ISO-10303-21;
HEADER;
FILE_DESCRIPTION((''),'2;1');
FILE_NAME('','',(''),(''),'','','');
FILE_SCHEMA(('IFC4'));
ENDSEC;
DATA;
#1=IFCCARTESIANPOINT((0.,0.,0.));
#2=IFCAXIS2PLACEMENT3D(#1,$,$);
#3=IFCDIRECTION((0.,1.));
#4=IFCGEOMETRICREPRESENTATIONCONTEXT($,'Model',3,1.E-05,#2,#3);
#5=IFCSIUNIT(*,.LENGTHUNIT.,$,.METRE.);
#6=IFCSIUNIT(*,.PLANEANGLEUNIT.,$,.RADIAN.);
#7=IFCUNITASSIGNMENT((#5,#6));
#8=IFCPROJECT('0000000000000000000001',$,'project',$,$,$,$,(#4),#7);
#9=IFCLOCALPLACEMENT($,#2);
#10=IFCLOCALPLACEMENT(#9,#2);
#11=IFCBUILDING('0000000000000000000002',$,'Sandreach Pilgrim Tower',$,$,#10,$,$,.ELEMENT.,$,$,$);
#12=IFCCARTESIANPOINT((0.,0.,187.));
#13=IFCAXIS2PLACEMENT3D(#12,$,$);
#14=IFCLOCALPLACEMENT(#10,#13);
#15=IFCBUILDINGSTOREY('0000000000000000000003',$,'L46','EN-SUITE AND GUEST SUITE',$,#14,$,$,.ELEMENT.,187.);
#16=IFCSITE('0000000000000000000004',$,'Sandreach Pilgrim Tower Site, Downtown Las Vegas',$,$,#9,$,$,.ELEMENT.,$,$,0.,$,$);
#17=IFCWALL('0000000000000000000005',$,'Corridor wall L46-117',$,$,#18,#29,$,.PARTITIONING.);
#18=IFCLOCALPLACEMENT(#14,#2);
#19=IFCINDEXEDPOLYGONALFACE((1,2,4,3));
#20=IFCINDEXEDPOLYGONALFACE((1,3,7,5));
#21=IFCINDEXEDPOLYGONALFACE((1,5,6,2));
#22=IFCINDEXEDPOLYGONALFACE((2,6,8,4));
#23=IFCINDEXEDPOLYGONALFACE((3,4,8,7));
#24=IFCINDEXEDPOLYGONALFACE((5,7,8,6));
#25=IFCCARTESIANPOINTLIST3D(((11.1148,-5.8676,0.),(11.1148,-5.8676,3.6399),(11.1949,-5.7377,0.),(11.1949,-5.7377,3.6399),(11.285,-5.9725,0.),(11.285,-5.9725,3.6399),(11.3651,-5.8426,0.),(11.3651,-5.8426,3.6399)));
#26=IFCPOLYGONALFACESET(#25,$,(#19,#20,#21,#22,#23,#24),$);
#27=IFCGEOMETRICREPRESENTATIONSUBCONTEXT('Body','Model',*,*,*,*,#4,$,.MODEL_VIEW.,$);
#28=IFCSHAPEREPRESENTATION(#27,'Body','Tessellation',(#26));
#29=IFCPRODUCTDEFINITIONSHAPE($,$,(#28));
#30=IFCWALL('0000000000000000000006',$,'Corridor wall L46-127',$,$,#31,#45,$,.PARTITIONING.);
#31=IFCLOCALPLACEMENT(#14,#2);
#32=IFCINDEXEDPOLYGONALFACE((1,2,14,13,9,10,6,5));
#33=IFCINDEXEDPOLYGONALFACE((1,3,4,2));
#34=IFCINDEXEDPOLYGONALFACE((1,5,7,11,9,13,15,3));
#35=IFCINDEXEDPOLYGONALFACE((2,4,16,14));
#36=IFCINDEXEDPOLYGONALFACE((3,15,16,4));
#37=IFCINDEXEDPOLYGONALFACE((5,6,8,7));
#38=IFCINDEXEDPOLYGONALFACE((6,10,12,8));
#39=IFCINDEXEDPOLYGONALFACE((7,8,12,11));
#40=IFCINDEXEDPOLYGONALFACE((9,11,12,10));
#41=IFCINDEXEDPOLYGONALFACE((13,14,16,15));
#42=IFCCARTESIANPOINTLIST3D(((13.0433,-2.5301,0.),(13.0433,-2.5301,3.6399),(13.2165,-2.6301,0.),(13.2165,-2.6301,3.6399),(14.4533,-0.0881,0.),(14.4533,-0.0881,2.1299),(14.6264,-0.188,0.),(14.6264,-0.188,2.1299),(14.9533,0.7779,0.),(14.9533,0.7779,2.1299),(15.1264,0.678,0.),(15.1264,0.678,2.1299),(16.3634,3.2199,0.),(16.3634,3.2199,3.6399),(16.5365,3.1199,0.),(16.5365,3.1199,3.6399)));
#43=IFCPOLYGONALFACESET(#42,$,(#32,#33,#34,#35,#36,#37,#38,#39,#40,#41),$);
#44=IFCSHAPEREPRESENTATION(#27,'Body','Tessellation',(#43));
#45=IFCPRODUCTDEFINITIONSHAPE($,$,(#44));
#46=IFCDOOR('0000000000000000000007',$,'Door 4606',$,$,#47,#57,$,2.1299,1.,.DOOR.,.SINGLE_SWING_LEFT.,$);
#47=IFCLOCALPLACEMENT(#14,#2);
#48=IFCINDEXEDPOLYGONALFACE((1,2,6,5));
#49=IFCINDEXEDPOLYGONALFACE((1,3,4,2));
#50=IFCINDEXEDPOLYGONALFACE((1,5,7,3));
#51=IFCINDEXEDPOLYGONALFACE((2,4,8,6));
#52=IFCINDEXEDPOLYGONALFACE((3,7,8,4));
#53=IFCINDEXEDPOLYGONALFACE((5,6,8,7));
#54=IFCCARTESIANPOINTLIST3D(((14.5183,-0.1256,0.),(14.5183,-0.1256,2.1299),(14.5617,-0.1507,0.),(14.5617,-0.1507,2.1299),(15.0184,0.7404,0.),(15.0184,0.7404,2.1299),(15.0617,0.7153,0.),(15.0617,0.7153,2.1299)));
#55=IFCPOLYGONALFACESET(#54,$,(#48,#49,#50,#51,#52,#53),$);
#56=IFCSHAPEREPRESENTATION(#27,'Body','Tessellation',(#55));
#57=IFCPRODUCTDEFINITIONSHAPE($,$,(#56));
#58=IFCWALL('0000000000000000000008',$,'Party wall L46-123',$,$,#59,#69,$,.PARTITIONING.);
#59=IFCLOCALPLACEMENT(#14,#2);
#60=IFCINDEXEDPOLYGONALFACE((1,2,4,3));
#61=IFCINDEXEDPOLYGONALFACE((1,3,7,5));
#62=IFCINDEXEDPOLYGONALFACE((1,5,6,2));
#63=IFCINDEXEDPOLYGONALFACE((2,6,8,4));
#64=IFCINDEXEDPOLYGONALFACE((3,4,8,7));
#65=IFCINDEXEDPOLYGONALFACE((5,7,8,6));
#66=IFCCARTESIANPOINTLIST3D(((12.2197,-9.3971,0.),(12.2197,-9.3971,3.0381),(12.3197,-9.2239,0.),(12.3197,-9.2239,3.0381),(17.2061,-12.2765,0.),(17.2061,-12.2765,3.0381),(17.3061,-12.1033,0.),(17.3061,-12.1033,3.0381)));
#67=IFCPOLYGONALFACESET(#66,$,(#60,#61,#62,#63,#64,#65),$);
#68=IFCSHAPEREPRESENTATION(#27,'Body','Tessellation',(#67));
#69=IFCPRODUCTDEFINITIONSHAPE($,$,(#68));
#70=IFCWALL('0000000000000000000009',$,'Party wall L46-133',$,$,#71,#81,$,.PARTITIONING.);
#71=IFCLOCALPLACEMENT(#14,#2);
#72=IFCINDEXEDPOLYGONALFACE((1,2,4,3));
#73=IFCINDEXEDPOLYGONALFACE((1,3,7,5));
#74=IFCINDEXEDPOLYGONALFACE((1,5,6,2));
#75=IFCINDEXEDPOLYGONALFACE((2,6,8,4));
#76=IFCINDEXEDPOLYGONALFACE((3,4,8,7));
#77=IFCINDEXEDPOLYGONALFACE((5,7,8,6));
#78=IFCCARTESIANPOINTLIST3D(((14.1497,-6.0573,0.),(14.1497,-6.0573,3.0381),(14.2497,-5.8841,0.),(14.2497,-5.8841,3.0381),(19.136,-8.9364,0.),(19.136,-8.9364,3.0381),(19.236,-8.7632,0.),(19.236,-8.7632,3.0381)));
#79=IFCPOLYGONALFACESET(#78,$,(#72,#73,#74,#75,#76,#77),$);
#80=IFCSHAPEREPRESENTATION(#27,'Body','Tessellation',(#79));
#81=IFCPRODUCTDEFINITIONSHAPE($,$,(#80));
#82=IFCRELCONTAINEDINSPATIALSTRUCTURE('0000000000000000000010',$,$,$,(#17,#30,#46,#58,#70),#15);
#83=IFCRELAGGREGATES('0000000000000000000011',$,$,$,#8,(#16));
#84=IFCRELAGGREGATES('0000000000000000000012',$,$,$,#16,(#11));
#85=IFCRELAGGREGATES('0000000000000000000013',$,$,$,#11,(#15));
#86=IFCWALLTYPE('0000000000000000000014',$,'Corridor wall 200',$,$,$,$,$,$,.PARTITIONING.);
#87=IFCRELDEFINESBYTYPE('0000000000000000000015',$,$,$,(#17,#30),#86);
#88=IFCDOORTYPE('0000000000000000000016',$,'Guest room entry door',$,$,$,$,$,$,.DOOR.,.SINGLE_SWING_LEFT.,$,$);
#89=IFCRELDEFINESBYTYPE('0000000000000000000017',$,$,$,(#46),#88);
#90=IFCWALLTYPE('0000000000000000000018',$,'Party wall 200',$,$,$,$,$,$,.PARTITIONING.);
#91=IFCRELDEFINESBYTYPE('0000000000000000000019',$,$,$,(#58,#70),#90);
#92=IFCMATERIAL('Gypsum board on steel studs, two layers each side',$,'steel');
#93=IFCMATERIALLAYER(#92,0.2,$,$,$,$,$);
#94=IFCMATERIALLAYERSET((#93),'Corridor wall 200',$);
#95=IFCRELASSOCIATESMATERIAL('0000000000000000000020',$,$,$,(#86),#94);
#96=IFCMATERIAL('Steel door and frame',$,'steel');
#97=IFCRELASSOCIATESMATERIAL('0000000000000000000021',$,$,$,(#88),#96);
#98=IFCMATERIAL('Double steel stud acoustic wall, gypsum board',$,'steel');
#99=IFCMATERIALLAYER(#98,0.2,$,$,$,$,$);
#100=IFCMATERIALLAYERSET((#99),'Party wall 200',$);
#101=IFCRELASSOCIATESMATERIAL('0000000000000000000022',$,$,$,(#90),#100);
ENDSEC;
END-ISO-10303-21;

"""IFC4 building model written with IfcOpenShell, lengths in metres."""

from ifc_helpers import new_model, si_unit, direction, frame, frame_2d, origin, place, context, subcontext, project, spatial, rectangle, extrude, material, layer, layer_set, type_object, element, fill, save


model = new_model("IFC4")

# Units and contexts
model_context = context("Model", 3, precision=1e-05, world=origin(), true_north=direction((0.0, 1.0)))
body_context = subcontext(model_context, "Body", "Model", "MODEL_VIEW")
ifc_project = project(units=[si_unit("LENGTHUNIT", "METRE"), si_unit("PLANEANGLEUNIT", "RADIAN")], contexts=[model_context])

# Site, building, storey
site_placement = place(None, origin())
site = spatial("IfcSite", under=ifc_project, at=site_placement, Name="Sandreach Pilgrim Tower Site, Downtown Las Vegas", CompositionType="ELEMENT", RefElevation=0.0)
building_placement = place(site_placement, origin())
building = spatial("IfcBuilding", under=site, at=building_placement, Name="Sandreach Pilgrim Tower", CompositionType="ELEMENT")
storey_placement = place(building_placement, frame((0.0, 0.0, 187.0)))
storey = spatial("IfcBuildingStorey", under=building, at=storey_placement, Name="L46", Description="EN-SUITE AND GUEST SUITE", CompositionType="ELEMENT", Elevation=187.0)

# Shared definitions
ifc_material_1 = material(Name="Gypsum board on steel studs, two layers each side", Category="steel")
ifc_layer_1 = layer(ifc_material_1, 0.2)
ifc_layer_set_1 = layer_set([ifc_layer_1], Name="Corridor wall 200")
wall_type_1 = type_object("IfcWallType", Name="Corridor wall 200", PredefinedType="PARTITIONING", material=ifc_layer_set_1)

# Wall
wall_1_placement = place(storey_placement, frame((11.2, -5.9199, 0.0), z_axis=(0.0, 0.0, 1.0), x_axis=(0.524811, 0.851219, 0.0)))
element("IfcWall", 1, at=wall_1_placement, inside=storey, type_object=wall_type_1, Name="Corridor wall L46-117", PredefinedType="PARTITIONING", context=body_context, shape_type="SweptSolid", body=[
    extrude(rectangle(XDim=0.1526, YDim=0.2, at=frame_2d((0.0762, 0.0))), origin(), (0.0, 0.0, 1.0), 3.6399),
])

# Wall, opening, door
ifc_material_2 = material(Name="Steel door and frame", Category="steel")
door_type_1 = type_object("IfcDoorType", Name="Guest room entry door", OperationType="SINGLE_SWING_LEFT", PredefinedType="DOOR", material=ifc_material_2)
wall_2_placement = place(storey_placement, frame((13.1299, -2.5801, 0.0), z_axis=(0.0, 0.0, 1.0), x_axis=(0.500034, 0.866006, 0.0)))
wall_2 = element("IfcWall", 2, at=wall_2_placement, inside=storey, type_object=wall_type_1, Name="Corridor wall L46-127", PredefinedType="PARTITIONING", context=body_context, shape_type="SweptSolid", body=[
    extrude(rectangle(XDim=6.6396, YDim=0.2, at=frame_2d((3.3198, 0.0))), origin(), (0.0, 0.0, 1.0), 3.6399),
])
opening_1_placement = place(wall_2_placement, frame((2.8198, 0.0, 0.0)))
opening_1 = element("IfcOpeningElement", 3, at=opening_1_placement, cuts=wall_2, PredefinedType="OPENING", context=body_context, shape_type="SweptSolid", body=[
    extrude(rectangle(XDim=1.0, YDim=2.1299, at=frame_2d((0.5, 1.0649))), frame((0.0, 0.1001, 0.0), z_axis=(0.0, -1.0, 0.0), x_axis=(1.0, 0.0, 0.0)), (0.0, 0.0, 1.0), 0.2),
])
door_1_placement = place(opening_1_placement, origin())
door_1 = element("IfcDoor", 4, at=door_1_placement, inside=storey, type_object=door_type_1, Name="Door 4606", OperationType="SINGLE_SWING_LEFT", OverallHeight=2.1299, OverallWidth=1.0, PredefinedType="DOOR", context=body_context, shape_type="SweptSolid", body=[
    extrude(rectangle(XDim=1.0, YDim=2.1299, at=frame_2d((0.5, 1.0649))), frame((0.0, 0.0249, 0.0), z_axis=(0.0, -1.0, 0.0), x_axis=(1.0, 0.0, 0.0)), (0.0, 0.0, 1.0), 0.05),
])
fill(opening_1, door_1)

# Walls
ifc_material_3 = material(Name="Double steel stud acoustic wall, gypsum board", Category="steel")
ifc_layer_2 = layer(ifc_material_3, 0.2)
ifc_layer_set_2 = layer_set([ifc_layer_2], Name="Party wall 200")
wall_type_2 = type_object("IfcWallType", Name="Party wall 200", PredefinedType="PARTITIONING", material=ifc_layer_set_2)
wall_3_placement = place(storey_placement, frame((12.2698, -9.3105, 0.0), z_axis=(0.0, 0.0, 1.0), x_axis=(0.865985, -0.50007, 0.0)))
element("IfcWall", 5, at=wall_3_placement, inside=storey, type_object=wall_type_2, Name="Party wall L46-123", PredefinedType="PARTITIONING", context=body_context, shape_type="SweptSolid", body=[
    extrude(rectangle(XDim=5.7581, YDim=0.2, at=frame_2d((2.8789, 0.0))), origin(), (0.0, 0.0, 1.0), 3.0381),
])
wall_4_placement = place(storey_placement, frame((14.1997, -5.9707, 0.0), z_axis=(0.0, 0.0, 1.0), x_axis=(0.866003, -0.500038, 0.0)))
element("IfcWall", 6, at=wall_4_placement, inside=storey, type_object=wall_type_2, Name="Party wall L46-133", PredefinedType="PARTITIONING", context=body_context, shape_type="SweptSolid", body=[
    extrude(rectangle(XDim=5.7578, YDim=0.2, at=frame_2d((2.8789, 0.0))), origin(), (0.0, 0.0, 1.0), 3.0381),
])

save(model, "model.ifc")
